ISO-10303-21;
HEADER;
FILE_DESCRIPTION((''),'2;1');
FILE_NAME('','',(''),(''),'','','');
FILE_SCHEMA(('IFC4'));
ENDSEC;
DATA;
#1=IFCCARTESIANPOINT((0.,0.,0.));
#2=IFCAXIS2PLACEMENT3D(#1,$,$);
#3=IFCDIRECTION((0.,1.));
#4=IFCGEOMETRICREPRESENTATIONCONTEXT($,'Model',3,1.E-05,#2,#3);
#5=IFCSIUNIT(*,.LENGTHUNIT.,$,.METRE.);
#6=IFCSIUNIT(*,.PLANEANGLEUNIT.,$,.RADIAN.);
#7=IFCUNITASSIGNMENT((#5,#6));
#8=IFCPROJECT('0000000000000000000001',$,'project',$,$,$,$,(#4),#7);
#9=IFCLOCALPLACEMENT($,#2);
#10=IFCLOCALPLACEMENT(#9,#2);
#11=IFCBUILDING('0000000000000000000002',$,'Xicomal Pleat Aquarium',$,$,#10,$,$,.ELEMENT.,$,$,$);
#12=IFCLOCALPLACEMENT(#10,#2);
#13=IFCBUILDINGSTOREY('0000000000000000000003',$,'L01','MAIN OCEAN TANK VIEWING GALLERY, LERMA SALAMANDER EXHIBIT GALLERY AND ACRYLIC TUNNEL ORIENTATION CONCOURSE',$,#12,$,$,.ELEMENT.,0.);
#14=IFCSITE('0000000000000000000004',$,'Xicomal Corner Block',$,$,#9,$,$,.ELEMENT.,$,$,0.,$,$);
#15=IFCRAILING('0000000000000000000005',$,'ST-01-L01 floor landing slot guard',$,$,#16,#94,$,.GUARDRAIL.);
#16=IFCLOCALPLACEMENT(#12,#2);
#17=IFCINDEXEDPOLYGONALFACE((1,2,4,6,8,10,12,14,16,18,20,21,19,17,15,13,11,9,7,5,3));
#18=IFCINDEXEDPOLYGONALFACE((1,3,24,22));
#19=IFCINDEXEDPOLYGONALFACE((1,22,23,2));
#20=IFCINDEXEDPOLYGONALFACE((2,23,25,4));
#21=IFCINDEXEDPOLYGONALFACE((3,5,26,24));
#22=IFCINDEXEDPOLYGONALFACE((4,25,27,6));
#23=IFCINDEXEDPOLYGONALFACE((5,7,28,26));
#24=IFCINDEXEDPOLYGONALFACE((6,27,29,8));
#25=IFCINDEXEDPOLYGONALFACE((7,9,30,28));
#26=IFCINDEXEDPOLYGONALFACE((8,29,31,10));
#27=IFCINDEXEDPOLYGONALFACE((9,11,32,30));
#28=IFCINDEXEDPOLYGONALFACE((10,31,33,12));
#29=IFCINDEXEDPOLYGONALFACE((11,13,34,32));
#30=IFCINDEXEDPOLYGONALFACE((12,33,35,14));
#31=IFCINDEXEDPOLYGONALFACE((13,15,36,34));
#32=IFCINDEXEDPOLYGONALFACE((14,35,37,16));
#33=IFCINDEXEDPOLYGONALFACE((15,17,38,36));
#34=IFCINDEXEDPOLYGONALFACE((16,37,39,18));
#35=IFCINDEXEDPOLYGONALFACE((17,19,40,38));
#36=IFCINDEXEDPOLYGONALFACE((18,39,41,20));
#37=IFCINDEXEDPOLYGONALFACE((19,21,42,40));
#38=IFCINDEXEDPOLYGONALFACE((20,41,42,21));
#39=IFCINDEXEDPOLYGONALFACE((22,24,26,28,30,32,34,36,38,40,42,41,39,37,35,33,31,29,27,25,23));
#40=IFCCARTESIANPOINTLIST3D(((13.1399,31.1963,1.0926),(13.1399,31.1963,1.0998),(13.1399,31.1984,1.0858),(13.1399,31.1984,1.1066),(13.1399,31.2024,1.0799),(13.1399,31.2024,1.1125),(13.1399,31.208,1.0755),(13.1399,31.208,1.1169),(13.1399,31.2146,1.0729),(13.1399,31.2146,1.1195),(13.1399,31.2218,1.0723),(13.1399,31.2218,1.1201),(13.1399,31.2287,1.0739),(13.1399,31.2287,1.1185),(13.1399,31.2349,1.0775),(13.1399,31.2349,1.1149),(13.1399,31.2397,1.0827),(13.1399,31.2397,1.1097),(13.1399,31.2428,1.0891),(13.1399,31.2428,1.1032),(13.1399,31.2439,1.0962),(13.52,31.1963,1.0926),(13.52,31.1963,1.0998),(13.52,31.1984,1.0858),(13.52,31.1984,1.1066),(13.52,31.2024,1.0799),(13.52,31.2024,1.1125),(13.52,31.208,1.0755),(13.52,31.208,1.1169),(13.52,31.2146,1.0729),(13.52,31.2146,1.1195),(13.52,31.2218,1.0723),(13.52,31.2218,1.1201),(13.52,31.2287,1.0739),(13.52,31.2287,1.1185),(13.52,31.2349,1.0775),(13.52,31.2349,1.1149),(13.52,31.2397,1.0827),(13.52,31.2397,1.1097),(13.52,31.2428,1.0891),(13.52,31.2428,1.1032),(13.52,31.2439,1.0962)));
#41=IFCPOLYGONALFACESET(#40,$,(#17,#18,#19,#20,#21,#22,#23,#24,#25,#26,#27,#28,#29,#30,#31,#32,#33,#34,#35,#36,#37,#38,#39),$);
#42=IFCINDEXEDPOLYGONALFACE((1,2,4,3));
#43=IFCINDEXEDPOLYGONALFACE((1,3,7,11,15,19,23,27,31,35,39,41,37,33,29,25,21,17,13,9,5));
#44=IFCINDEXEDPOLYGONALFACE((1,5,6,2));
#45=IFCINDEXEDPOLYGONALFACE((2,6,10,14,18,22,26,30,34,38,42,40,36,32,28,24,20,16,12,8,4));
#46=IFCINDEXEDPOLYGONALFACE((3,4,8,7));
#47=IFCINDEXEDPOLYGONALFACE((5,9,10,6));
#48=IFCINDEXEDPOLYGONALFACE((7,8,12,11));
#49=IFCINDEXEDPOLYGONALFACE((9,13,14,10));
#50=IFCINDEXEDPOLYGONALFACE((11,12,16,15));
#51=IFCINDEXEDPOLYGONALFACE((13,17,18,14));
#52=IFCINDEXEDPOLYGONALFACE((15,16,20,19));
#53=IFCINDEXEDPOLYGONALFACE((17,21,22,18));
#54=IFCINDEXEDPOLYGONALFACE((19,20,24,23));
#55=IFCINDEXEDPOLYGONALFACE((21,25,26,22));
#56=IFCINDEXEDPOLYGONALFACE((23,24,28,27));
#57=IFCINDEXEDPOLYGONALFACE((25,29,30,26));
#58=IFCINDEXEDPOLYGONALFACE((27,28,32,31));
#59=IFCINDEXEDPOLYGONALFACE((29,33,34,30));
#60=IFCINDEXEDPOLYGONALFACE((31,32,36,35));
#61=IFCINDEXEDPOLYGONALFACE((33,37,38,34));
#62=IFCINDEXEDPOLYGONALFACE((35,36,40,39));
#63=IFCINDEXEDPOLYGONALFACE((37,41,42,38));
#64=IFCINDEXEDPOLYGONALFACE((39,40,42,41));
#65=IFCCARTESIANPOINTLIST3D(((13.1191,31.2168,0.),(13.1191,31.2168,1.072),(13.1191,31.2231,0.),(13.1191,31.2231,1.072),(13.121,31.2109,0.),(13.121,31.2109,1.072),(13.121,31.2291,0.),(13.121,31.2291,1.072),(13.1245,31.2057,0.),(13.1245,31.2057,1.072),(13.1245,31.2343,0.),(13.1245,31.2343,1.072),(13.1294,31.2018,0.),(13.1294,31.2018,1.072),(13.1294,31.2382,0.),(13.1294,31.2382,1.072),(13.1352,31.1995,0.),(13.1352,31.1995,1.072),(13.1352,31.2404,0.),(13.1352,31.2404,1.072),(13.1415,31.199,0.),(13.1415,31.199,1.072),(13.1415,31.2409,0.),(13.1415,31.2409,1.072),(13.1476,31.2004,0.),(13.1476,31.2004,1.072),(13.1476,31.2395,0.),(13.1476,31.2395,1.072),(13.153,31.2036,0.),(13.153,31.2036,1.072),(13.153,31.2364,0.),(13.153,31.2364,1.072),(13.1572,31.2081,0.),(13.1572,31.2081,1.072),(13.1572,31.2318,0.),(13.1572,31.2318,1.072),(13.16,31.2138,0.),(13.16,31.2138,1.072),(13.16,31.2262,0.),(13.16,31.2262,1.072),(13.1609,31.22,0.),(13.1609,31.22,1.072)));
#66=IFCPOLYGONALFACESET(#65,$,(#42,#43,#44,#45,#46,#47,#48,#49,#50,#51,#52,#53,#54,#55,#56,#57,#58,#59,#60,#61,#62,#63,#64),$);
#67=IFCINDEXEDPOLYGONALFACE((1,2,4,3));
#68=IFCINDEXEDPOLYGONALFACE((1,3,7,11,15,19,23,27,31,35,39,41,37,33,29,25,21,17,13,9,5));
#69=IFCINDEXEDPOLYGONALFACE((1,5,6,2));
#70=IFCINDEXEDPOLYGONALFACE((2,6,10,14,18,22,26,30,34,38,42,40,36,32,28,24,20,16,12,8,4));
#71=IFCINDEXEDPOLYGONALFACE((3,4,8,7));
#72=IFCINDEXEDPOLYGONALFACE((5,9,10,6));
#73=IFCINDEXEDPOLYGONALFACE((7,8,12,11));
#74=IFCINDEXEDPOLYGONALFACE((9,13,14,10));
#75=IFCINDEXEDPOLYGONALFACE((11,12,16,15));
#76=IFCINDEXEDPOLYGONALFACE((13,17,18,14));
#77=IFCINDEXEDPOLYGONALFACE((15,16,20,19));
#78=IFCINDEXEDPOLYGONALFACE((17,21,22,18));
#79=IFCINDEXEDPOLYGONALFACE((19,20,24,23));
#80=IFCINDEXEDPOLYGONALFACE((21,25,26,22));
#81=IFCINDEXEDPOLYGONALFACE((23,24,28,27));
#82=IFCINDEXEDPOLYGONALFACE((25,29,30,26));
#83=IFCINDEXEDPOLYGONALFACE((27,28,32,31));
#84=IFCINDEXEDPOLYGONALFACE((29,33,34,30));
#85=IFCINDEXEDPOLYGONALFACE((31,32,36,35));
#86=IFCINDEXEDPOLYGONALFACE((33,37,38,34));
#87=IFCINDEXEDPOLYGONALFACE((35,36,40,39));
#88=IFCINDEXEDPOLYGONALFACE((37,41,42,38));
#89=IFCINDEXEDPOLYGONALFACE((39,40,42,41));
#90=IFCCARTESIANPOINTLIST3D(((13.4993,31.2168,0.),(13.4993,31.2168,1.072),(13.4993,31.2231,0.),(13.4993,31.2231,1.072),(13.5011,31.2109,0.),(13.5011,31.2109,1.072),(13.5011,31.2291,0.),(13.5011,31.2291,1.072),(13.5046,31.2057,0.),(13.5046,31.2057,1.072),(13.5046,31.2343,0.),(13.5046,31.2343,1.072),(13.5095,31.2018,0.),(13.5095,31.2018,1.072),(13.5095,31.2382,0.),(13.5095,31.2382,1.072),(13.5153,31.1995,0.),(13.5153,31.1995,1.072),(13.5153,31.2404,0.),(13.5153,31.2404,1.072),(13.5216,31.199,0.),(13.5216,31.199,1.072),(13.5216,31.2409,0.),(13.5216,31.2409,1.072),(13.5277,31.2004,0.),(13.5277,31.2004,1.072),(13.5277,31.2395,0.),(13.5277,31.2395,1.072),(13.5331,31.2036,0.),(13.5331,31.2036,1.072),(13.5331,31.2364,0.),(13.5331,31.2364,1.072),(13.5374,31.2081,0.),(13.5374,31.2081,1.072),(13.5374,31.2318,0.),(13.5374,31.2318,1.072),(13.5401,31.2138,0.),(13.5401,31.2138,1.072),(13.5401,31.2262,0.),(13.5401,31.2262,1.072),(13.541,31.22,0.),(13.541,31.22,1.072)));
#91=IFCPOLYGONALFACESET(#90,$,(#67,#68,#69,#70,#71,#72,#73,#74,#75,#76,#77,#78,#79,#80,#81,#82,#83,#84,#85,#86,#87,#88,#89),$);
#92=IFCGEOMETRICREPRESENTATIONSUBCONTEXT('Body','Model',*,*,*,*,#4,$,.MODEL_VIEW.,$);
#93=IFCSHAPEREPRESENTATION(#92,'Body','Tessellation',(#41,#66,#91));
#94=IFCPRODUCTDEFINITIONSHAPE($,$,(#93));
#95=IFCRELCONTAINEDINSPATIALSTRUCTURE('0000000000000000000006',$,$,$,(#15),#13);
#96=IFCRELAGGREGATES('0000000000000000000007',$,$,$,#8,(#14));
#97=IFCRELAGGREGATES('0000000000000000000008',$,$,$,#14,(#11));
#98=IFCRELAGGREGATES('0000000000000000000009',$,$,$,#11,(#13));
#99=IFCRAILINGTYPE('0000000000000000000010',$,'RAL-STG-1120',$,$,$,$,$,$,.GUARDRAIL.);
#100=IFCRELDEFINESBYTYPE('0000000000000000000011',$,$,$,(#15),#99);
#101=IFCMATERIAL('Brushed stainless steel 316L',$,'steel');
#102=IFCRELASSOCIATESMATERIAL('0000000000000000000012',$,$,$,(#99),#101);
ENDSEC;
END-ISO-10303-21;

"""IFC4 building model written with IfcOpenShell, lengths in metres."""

from ifc_helpers import new_model, si_unit, direction, frame, origin, origin_2d, place, context, subcontext, project, spatial, circle, extrude, material, type_object, element, save


model = new_model("IFC4")

# Units and contexts
model_context = context("Model", 3, precision=1e-05, world=origin(), true_north=direction((0.0, 1.0)))
body_context = subcontext(model_context, "Body", "Model", "MODEL_VIEW")
ifc_project = project(units=[si_unit("LENGTHUNIT", "METRE"), si_unit("PLANEANGLEUNIT", "RADIAN")], contexts=[model_context])

# Site, building, storey
site_placement = place(None, origin())
site = spatial("IfcSite", under=ifc_project, at=site_placement, Name="Xicomal Corner Block", CompositionType="ELEMENT", RefElevation=0.0)
building_placement = place(site_placement, origin())
building = spatial("IfcBuilding", under=site, at=building_placement, Name="Xicomal Pleat Aquarium", CompositionType="ELEMENT")
storey_placement = place(building_placement, origin())
storey = spatial("IfcBuildingStorey", under=building, at=storey_placement, Name="L01", Description="MAIN OCEAN TANK VIEWING GALLERY, LERMA SALAMANDER EXHIBIT GALLERY AND ACRYLIC TUNNEL ORIENTATION CONCOURSE", CompositionType="ELEMENT", Elevation=0.0)

# Railing
ifc_material_1 = material(Name="Brushed stainless steel 316L", Category="steel")
railing_type_1 = type_object("IfcRailingType", Name="RAL-STG-1120", PredefinedType="GUARDRAIL", material=ifc_material_1)
railing_1_placement = place(storey_placement, frame((13.1399, 31.22, 0.0)))
element("IfcRailing", 1, at=railing_1_placement, inside=storey, type_object=railing_type_1, Name="ST-01-L01 floor landing slot guard", PredefinedType="GUARDRAIL", context=body_context, shape_type="SweptSolid", body=[
    extrude(circle(Radius=0.0239, at=origin_2d()), frame((0.0, 0.0, 1.0962), z_axis=(1.0, 0.0, 0.0), x_axis=(0.0, 1.0, 0.0)), (0.0, 0.0, 1.0), 0.3801),
    extrude(circle(Radius=0.021, at=origin_2d()), origin(), (0.0, 0.0, 1.0), 1.072),
    extrude(circle(Radius=0.021, at=origin_2d()), frame((0.3801, 0.0, 0.0)), (0.0, 0.0, 1.0), 1.072),
])

save(model, "model.ifc")
